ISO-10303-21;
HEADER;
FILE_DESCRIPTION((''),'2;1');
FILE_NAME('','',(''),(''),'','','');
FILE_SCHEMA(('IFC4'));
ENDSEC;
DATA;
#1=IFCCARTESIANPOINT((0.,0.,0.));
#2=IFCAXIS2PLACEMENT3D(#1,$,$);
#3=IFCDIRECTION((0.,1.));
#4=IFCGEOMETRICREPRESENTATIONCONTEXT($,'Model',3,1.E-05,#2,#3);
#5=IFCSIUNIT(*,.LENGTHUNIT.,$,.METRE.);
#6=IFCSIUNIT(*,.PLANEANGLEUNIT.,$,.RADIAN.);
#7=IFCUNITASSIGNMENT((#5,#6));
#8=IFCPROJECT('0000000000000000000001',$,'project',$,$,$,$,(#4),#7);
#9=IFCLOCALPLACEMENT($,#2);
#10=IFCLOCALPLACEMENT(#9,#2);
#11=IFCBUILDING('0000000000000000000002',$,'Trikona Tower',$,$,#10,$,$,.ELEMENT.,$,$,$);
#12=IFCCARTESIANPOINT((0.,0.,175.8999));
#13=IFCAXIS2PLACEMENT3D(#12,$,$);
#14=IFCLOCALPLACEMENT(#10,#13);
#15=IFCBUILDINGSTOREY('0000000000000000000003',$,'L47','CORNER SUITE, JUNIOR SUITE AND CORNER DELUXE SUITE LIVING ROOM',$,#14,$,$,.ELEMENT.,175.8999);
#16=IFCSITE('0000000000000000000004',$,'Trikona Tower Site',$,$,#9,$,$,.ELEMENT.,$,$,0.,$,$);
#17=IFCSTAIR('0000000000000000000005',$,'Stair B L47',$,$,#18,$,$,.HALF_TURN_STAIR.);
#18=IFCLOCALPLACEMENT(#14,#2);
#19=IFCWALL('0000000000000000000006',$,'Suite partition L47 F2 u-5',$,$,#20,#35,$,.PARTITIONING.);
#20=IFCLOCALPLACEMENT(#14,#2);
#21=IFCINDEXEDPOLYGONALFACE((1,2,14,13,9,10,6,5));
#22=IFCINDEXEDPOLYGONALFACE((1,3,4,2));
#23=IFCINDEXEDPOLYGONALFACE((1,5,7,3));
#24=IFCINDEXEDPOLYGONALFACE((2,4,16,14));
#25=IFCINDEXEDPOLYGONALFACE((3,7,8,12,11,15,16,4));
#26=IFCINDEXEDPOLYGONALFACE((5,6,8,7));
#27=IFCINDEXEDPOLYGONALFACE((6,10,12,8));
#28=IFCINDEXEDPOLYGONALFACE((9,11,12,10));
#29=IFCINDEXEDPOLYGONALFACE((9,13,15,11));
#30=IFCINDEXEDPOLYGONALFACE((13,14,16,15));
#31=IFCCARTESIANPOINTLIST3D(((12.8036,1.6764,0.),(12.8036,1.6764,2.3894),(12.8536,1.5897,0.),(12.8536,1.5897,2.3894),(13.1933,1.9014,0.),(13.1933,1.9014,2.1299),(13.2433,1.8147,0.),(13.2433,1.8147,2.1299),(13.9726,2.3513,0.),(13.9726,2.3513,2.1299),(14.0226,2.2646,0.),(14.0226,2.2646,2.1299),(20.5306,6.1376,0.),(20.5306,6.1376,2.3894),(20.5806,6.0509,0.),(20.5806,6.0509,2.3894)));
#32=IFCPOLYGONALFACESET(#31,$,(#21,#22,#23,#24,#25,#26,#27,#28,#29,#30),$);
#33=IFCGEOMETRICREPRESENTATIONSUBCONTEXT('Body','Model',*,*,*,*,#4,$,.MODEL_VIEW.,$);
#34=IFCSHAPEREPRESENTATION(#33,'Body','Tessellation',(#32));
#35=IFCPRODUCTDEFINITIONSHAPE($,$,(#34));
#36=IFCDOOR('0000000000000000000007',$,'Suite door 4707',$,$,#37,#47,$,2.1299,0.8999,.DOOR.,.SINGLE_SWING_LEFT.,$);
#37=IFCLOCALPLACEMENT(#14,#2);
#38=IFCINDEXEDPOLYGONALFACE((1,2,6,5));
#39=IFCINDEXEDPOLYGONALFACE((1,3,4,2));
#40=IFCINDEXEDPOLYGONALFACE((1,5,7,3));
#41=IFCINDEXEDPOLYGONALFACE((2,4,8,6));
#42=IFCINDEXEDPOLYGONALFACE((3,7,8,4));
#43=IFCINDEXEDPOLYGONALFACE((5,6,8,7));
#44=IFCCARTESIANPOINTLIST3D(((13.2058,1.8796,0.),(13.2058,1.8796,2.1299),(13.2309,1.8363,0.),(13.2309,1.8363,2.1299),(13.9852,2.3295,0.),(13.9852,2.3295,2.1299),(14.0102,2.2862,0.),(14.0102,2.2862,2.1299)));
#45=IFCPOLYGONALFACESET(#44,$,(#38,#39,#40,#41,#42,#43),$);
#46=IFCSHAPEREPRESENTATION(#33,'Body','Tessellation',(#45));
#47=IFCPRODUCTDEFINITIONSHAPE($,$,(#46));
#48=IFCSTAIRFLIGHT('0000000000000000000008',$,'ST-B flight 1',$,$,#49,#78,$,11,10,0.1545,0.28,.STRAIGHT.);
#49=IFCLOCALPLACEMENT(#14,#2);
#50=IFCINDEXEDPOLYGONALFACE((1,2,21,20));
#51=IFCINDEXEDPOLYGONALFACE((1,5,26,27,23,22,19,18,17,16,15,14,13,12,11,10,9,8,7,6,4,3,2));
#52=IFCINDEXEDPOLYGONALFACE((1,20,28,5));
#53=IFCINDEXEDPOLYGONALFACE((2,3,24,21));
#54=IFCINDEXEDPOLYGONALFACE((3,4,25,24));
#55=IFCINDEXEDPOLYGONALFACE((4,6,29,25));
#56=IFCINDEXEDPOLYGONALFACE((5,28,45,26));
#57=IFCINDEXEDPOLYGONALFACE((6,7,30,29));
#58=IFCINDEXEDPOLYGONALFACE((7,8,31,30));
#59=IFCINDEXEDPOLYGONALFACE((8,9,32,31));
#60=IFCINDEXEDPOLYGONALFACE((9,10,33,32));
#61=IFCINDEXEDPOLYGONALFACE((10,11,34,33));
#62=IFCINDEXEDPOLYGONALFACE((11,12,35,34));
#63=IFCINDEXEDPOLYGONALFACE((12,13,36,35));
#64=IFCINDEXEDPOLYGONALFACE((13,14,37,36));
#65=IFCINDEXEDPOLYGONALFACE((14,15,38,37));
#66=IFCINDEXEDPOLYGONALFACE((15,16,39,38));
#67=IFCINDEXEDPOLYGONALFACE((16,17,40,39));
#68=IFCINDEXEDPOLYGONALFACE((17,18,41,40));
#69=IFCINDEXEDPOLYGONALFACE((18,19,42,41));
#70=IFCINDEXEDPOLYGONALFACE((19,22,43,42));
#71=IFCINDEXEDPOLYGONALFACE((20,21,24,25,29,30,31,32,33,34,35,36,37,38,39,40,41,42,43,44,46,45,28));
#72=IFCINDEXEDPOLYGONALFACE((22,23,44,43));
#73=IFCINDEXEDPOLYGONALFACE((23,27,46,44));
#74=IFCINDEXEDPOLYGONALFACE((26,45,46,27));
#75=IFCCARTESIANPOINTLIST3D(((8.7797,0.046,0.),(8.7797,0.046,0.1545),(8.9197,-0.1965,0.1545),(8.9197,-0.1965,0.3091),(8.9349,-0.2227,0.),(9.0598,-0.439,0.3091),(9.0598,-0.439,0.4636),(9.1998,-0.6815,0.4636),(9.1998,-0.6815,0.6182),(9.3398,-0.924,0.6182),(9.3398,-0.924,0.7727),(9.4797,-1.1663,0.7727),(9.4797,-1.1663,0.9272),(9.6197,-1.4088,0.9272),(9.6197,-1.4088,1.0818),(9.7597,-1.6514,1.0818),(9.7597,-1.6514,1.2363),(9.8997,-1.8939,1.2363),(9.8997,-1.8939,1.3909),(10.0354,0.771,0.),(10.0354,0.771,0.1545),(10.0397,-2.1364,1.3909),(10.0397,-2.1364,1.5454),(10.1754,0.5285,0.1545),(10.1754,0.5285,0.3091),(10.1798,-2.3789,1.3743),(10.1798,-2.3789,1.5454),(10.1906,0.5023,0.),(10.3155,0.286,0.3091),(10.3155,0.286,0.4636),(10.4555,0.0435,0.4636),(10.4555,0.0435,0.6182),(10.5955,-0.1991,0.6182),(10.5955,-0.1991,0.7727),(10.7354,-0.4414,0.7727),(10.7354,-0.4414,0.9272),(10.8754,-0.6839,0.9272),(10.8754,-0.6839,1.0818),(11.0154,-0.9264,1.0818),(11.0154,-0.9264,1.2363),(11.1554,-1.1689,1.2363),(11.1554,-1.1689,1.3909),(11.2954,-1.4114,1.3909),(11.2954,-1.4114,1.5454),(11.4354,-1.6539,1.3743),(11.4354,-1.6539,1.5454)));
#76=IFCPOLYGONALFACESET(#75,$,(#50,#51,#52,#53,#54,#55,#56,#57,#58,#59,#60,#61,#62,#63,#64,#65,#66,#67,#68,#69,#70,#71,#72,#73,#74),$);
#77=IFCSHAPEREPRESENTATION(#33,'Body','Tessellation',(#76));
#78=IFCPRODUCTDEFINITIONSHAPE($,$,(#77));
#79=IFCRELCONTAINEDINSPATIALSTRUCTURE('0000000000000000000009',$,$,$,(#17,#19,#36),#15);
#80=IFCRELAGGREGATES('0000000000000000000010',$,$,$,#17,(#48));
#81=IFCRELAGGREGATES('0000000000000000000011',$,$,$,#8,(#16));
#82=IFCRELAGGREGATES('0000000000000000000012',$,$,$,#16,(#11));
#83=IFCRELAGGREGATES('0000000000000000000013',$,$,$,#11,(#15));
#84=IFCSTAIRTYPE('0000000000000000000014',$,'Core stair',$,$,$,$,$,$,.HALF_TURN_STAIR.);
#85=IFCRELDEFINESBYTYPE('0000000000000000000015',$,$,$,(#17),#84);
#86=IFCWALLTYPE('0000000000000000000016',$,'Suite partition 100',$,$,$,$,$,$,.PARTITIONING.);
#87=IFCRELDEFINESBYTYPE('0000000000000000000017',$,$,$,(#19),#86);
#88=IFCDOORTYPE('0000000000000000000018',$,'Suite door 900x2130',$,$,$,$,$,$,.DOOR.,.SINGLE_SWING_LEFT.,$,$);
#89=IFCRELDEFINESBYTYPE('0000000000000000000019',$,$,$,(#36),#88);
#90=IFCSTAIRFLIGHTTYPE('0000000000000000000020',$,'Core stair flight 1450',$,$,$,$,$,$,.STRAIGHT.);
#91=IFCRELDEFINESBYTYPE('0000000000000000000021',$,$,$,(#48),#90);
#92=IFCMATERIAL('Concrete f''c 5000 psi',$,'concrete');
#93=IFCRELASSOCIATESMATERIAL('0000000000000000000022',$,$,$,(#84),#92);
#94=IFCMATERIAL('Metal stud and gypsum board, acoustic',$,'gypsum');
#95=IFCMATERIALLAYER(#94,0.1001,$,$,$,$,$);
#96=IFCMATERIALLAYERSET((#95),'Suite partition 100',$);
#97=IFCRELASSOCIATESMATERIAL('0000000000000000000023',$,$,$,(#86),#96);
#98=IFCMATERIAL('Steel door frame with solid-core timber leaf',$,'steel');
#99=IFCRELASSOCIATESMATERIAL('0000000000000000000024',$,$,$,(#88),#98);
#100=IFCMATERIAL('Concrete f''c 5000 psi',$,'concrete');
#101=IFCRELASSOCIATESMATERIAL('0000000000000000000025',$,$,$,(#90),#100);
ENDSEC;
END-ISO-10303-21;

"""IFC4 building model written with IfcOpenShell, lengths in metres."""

from ifc_helpers import new_model, si_unit, direction, frame, frame_2d, origin, place, context, subcontext, project, spatial, polyline, rectangle, outline, extrude, material, layer, layer_set, type_object, element, fill, aggregate, save


model = new_model("IFC4")

# Units and contexts
model_context = context("Model", 3, precision=1e-05, world=origin(), true_north=direction((0.0, 1.0)))
body_context = subcontext(model_context, "Body", "Model", "MODEL_VIEW")
ifc_project = project(units=[si_unit("LENGTHUNIT", "METRE"), si_unit("PLANEANGLEUNIT", "RADIAN")], contexts=[model_context])

# Site, building, storey
site_placement = place(None, origin())
site = spatial("IfcSite", under=ifc_project, at=site_placement, Name="Trikona Tower Site", CompositionType="ELEMENT", RefElevation=0.0)
building_placement = place(site_placement, origin())
building = spatial("IfcBuilding", under=site, at=building_placement, Name="Trikona Tower", CompositionType="ELEMENT")
storey_placement = place(building_placement, frame((0.0, 0.0, 175.8999)))
storey = spatial("IfcBuildingStorey", under=building, at=storey_placement, Name="L47", Description="CORNER SUITE, JUNIOR SUITE AND CORNER DELUXE SUITE LIVING ROOM", CompositionType="ELEMENT", Elevation=175.8999)

# Stair
ifc_material_1 = material(Name="Concrete f'c 5000 psi", Category="concrete")
stair_type = type_object("IfcStairType", Name="Core stair", PredefinedType="HALF_TURN_STAIR", material=ifc_material_1)
stair_1_placement = place(storey_placement, origin())
stair_1 = element("IfcStair", 1, at=stair_1_placement, inside=storey, type_object=stair_type, Name="Stair B L47", PredefinedType="HALF_TURN_STAIR")

# Wall, opening, door
ifc_material_2 = material(Name="Metal stud and gypsum board, acoustic", Category="gypsum")
ifc_layer_1 = layer(ifc_material_2, 0.1001)
ifc_layer_set_1 = layer_set([ifc_layer_1], Name="Suite partition 100")
wall_type_1 = type_object("IfcWallType", Name="Suite partition 100", PredefinedType="PARTITIONING", material=ifc_layer_set_1)
wall_1_placement = place(storey_placement, frame((12.8286, 1.6331, 0.0), z_axis=(0.0, 0.0, 1.0), x_axis=(0.866027, 0.499997, 0.0)))
wall_1 = element("IfcWall", 2, at=wall_1_placement, inside=storey, type_object=wall_type_1, Name="Suite partition L47 F2 u-5", PredefinedType="PARTITIONING", context=body_context, shape_type="SweptSolid", body=[
    extrude(rectangle(XDim=8.9224, YDim=0.1001, at=frame_2d((4.4612, 0.0))), origin(), (0.0, 0.0, 1.0), 2.3894),
])
opening_1_placement = place(wall_1_placement, frame((0.45, 0.0, 0.0)))
opening_1 = element("IfcOpeningElement", 3, at=opening_1_placement, cuts=wall_1, PredefinedType="OPENING", context=body_context, shape_type="SweptSolid", body=[
    extrude(rectangle(XDim=0.8999, YDim=2.1299, at=frame_2d((0.45, 1.0649))), frame((0.0, 0.0601, 0.0), z_axis=(0.0, -1.0, 0.0), x_axis=(1.0, 0.0, 0.0)), (0.0, 0.0, 1.0), 0.1201),
])
ifc_material_3 = material(Name="Steel door frame with solid-core timber leaf", Category="steel")
door_type_1 = type_object("IfcDoorType", Name="Suite door 900x2130", OperationType="SINGLE_SWING_LEFT", PredefinedType="DOOR", material=ifc_material_3)
door_1_placement = place(opening_1_placement, origin())
door_1 = element("IfcDoor", 4, at=door_1_placement, inside=storey, type_object=door_type_1, Name="Suite door 4707", OperationType="SINGLE_SWING_LEFT", OverallHeight=2.1299, OverallWidth=0.8999, PredefinedType="DOOR", context=body_context, shape_type="SweptSolid", body=[
    extrude(rectangle(XDim=0.8999, YDim=2.1299, at=frame_2d((0.45, 1.0649))), frame((0.0, 0.0249, 0.0), z_axis=(0.0, -1.0, 0.0), x_axis=(1.0, 0.0, 0.0)), (0.0, 0.0, 1.0), 0.05),
])
fill(opening_1, door_1)

# Stair flight
ifc_material_4 = material(Name="Concrete f'c 5000 psi", Category="concrete")
stair_flight_type = type_object("IfcStairFlightType", Name="Core stair flight 1450", PredefinedType="STRAIGHT", material=ifc_material_4)
stair_flight_placement = place(storey_placement, frame((9.4075, 0.4084, 0.0), z_axis=(0.0, 0.0, 1.0), x_axis=(0.5, -0.866025, 0.0)))
stair_flight = element("IfcStairFlight", 5, at=stair_flight_placement, type_object=stair_flight_type, Name="ST-B flight 1", NumberOfRisers=11, NumberOfTreads=10, PredefinedType="STRAIGHT", RiserHeight=0.1545, TreadLength=0.28, context=body_context, shape_type="SweptSolid", body=[
    extrude(outline(polyline([(0.0, 0.0), (0.0, 0.1545), (0.28, 0.1545), (0.28, 0.3091), (0.5601, 0.3091), (0.5601, 0.4636), (0.8401, 0.4636), (0.8401, 0.6182), (1.1201, 0.6182), (1.1201, 0.7727), (1.3999, 0.7727), (1.3999, 0.9272), (1.6799, 0.9272), (1.6799, 1.0818), (1.96, 1.0818), (1.96, 1.2363), (2.24, 1.2363), (2.24, 1.3909), (2.52, 1.3909), (2.52, 1.5454), (2.8, 1.5454), (2.8, 1.7), (2.8, 1.3743), (0.3103, 0.0), (0.0, 0.0)])), frame((0.0, 0.7251, 0.0), z_axis=(0.0, -1.0, 0.0), x_axis=(1.0, 0.0, 0.0)), (0.0, 0.0, 1.0), 1.45),
])
aggregate(stair_1, [stair_flight])

save(model, "model.ifc")
